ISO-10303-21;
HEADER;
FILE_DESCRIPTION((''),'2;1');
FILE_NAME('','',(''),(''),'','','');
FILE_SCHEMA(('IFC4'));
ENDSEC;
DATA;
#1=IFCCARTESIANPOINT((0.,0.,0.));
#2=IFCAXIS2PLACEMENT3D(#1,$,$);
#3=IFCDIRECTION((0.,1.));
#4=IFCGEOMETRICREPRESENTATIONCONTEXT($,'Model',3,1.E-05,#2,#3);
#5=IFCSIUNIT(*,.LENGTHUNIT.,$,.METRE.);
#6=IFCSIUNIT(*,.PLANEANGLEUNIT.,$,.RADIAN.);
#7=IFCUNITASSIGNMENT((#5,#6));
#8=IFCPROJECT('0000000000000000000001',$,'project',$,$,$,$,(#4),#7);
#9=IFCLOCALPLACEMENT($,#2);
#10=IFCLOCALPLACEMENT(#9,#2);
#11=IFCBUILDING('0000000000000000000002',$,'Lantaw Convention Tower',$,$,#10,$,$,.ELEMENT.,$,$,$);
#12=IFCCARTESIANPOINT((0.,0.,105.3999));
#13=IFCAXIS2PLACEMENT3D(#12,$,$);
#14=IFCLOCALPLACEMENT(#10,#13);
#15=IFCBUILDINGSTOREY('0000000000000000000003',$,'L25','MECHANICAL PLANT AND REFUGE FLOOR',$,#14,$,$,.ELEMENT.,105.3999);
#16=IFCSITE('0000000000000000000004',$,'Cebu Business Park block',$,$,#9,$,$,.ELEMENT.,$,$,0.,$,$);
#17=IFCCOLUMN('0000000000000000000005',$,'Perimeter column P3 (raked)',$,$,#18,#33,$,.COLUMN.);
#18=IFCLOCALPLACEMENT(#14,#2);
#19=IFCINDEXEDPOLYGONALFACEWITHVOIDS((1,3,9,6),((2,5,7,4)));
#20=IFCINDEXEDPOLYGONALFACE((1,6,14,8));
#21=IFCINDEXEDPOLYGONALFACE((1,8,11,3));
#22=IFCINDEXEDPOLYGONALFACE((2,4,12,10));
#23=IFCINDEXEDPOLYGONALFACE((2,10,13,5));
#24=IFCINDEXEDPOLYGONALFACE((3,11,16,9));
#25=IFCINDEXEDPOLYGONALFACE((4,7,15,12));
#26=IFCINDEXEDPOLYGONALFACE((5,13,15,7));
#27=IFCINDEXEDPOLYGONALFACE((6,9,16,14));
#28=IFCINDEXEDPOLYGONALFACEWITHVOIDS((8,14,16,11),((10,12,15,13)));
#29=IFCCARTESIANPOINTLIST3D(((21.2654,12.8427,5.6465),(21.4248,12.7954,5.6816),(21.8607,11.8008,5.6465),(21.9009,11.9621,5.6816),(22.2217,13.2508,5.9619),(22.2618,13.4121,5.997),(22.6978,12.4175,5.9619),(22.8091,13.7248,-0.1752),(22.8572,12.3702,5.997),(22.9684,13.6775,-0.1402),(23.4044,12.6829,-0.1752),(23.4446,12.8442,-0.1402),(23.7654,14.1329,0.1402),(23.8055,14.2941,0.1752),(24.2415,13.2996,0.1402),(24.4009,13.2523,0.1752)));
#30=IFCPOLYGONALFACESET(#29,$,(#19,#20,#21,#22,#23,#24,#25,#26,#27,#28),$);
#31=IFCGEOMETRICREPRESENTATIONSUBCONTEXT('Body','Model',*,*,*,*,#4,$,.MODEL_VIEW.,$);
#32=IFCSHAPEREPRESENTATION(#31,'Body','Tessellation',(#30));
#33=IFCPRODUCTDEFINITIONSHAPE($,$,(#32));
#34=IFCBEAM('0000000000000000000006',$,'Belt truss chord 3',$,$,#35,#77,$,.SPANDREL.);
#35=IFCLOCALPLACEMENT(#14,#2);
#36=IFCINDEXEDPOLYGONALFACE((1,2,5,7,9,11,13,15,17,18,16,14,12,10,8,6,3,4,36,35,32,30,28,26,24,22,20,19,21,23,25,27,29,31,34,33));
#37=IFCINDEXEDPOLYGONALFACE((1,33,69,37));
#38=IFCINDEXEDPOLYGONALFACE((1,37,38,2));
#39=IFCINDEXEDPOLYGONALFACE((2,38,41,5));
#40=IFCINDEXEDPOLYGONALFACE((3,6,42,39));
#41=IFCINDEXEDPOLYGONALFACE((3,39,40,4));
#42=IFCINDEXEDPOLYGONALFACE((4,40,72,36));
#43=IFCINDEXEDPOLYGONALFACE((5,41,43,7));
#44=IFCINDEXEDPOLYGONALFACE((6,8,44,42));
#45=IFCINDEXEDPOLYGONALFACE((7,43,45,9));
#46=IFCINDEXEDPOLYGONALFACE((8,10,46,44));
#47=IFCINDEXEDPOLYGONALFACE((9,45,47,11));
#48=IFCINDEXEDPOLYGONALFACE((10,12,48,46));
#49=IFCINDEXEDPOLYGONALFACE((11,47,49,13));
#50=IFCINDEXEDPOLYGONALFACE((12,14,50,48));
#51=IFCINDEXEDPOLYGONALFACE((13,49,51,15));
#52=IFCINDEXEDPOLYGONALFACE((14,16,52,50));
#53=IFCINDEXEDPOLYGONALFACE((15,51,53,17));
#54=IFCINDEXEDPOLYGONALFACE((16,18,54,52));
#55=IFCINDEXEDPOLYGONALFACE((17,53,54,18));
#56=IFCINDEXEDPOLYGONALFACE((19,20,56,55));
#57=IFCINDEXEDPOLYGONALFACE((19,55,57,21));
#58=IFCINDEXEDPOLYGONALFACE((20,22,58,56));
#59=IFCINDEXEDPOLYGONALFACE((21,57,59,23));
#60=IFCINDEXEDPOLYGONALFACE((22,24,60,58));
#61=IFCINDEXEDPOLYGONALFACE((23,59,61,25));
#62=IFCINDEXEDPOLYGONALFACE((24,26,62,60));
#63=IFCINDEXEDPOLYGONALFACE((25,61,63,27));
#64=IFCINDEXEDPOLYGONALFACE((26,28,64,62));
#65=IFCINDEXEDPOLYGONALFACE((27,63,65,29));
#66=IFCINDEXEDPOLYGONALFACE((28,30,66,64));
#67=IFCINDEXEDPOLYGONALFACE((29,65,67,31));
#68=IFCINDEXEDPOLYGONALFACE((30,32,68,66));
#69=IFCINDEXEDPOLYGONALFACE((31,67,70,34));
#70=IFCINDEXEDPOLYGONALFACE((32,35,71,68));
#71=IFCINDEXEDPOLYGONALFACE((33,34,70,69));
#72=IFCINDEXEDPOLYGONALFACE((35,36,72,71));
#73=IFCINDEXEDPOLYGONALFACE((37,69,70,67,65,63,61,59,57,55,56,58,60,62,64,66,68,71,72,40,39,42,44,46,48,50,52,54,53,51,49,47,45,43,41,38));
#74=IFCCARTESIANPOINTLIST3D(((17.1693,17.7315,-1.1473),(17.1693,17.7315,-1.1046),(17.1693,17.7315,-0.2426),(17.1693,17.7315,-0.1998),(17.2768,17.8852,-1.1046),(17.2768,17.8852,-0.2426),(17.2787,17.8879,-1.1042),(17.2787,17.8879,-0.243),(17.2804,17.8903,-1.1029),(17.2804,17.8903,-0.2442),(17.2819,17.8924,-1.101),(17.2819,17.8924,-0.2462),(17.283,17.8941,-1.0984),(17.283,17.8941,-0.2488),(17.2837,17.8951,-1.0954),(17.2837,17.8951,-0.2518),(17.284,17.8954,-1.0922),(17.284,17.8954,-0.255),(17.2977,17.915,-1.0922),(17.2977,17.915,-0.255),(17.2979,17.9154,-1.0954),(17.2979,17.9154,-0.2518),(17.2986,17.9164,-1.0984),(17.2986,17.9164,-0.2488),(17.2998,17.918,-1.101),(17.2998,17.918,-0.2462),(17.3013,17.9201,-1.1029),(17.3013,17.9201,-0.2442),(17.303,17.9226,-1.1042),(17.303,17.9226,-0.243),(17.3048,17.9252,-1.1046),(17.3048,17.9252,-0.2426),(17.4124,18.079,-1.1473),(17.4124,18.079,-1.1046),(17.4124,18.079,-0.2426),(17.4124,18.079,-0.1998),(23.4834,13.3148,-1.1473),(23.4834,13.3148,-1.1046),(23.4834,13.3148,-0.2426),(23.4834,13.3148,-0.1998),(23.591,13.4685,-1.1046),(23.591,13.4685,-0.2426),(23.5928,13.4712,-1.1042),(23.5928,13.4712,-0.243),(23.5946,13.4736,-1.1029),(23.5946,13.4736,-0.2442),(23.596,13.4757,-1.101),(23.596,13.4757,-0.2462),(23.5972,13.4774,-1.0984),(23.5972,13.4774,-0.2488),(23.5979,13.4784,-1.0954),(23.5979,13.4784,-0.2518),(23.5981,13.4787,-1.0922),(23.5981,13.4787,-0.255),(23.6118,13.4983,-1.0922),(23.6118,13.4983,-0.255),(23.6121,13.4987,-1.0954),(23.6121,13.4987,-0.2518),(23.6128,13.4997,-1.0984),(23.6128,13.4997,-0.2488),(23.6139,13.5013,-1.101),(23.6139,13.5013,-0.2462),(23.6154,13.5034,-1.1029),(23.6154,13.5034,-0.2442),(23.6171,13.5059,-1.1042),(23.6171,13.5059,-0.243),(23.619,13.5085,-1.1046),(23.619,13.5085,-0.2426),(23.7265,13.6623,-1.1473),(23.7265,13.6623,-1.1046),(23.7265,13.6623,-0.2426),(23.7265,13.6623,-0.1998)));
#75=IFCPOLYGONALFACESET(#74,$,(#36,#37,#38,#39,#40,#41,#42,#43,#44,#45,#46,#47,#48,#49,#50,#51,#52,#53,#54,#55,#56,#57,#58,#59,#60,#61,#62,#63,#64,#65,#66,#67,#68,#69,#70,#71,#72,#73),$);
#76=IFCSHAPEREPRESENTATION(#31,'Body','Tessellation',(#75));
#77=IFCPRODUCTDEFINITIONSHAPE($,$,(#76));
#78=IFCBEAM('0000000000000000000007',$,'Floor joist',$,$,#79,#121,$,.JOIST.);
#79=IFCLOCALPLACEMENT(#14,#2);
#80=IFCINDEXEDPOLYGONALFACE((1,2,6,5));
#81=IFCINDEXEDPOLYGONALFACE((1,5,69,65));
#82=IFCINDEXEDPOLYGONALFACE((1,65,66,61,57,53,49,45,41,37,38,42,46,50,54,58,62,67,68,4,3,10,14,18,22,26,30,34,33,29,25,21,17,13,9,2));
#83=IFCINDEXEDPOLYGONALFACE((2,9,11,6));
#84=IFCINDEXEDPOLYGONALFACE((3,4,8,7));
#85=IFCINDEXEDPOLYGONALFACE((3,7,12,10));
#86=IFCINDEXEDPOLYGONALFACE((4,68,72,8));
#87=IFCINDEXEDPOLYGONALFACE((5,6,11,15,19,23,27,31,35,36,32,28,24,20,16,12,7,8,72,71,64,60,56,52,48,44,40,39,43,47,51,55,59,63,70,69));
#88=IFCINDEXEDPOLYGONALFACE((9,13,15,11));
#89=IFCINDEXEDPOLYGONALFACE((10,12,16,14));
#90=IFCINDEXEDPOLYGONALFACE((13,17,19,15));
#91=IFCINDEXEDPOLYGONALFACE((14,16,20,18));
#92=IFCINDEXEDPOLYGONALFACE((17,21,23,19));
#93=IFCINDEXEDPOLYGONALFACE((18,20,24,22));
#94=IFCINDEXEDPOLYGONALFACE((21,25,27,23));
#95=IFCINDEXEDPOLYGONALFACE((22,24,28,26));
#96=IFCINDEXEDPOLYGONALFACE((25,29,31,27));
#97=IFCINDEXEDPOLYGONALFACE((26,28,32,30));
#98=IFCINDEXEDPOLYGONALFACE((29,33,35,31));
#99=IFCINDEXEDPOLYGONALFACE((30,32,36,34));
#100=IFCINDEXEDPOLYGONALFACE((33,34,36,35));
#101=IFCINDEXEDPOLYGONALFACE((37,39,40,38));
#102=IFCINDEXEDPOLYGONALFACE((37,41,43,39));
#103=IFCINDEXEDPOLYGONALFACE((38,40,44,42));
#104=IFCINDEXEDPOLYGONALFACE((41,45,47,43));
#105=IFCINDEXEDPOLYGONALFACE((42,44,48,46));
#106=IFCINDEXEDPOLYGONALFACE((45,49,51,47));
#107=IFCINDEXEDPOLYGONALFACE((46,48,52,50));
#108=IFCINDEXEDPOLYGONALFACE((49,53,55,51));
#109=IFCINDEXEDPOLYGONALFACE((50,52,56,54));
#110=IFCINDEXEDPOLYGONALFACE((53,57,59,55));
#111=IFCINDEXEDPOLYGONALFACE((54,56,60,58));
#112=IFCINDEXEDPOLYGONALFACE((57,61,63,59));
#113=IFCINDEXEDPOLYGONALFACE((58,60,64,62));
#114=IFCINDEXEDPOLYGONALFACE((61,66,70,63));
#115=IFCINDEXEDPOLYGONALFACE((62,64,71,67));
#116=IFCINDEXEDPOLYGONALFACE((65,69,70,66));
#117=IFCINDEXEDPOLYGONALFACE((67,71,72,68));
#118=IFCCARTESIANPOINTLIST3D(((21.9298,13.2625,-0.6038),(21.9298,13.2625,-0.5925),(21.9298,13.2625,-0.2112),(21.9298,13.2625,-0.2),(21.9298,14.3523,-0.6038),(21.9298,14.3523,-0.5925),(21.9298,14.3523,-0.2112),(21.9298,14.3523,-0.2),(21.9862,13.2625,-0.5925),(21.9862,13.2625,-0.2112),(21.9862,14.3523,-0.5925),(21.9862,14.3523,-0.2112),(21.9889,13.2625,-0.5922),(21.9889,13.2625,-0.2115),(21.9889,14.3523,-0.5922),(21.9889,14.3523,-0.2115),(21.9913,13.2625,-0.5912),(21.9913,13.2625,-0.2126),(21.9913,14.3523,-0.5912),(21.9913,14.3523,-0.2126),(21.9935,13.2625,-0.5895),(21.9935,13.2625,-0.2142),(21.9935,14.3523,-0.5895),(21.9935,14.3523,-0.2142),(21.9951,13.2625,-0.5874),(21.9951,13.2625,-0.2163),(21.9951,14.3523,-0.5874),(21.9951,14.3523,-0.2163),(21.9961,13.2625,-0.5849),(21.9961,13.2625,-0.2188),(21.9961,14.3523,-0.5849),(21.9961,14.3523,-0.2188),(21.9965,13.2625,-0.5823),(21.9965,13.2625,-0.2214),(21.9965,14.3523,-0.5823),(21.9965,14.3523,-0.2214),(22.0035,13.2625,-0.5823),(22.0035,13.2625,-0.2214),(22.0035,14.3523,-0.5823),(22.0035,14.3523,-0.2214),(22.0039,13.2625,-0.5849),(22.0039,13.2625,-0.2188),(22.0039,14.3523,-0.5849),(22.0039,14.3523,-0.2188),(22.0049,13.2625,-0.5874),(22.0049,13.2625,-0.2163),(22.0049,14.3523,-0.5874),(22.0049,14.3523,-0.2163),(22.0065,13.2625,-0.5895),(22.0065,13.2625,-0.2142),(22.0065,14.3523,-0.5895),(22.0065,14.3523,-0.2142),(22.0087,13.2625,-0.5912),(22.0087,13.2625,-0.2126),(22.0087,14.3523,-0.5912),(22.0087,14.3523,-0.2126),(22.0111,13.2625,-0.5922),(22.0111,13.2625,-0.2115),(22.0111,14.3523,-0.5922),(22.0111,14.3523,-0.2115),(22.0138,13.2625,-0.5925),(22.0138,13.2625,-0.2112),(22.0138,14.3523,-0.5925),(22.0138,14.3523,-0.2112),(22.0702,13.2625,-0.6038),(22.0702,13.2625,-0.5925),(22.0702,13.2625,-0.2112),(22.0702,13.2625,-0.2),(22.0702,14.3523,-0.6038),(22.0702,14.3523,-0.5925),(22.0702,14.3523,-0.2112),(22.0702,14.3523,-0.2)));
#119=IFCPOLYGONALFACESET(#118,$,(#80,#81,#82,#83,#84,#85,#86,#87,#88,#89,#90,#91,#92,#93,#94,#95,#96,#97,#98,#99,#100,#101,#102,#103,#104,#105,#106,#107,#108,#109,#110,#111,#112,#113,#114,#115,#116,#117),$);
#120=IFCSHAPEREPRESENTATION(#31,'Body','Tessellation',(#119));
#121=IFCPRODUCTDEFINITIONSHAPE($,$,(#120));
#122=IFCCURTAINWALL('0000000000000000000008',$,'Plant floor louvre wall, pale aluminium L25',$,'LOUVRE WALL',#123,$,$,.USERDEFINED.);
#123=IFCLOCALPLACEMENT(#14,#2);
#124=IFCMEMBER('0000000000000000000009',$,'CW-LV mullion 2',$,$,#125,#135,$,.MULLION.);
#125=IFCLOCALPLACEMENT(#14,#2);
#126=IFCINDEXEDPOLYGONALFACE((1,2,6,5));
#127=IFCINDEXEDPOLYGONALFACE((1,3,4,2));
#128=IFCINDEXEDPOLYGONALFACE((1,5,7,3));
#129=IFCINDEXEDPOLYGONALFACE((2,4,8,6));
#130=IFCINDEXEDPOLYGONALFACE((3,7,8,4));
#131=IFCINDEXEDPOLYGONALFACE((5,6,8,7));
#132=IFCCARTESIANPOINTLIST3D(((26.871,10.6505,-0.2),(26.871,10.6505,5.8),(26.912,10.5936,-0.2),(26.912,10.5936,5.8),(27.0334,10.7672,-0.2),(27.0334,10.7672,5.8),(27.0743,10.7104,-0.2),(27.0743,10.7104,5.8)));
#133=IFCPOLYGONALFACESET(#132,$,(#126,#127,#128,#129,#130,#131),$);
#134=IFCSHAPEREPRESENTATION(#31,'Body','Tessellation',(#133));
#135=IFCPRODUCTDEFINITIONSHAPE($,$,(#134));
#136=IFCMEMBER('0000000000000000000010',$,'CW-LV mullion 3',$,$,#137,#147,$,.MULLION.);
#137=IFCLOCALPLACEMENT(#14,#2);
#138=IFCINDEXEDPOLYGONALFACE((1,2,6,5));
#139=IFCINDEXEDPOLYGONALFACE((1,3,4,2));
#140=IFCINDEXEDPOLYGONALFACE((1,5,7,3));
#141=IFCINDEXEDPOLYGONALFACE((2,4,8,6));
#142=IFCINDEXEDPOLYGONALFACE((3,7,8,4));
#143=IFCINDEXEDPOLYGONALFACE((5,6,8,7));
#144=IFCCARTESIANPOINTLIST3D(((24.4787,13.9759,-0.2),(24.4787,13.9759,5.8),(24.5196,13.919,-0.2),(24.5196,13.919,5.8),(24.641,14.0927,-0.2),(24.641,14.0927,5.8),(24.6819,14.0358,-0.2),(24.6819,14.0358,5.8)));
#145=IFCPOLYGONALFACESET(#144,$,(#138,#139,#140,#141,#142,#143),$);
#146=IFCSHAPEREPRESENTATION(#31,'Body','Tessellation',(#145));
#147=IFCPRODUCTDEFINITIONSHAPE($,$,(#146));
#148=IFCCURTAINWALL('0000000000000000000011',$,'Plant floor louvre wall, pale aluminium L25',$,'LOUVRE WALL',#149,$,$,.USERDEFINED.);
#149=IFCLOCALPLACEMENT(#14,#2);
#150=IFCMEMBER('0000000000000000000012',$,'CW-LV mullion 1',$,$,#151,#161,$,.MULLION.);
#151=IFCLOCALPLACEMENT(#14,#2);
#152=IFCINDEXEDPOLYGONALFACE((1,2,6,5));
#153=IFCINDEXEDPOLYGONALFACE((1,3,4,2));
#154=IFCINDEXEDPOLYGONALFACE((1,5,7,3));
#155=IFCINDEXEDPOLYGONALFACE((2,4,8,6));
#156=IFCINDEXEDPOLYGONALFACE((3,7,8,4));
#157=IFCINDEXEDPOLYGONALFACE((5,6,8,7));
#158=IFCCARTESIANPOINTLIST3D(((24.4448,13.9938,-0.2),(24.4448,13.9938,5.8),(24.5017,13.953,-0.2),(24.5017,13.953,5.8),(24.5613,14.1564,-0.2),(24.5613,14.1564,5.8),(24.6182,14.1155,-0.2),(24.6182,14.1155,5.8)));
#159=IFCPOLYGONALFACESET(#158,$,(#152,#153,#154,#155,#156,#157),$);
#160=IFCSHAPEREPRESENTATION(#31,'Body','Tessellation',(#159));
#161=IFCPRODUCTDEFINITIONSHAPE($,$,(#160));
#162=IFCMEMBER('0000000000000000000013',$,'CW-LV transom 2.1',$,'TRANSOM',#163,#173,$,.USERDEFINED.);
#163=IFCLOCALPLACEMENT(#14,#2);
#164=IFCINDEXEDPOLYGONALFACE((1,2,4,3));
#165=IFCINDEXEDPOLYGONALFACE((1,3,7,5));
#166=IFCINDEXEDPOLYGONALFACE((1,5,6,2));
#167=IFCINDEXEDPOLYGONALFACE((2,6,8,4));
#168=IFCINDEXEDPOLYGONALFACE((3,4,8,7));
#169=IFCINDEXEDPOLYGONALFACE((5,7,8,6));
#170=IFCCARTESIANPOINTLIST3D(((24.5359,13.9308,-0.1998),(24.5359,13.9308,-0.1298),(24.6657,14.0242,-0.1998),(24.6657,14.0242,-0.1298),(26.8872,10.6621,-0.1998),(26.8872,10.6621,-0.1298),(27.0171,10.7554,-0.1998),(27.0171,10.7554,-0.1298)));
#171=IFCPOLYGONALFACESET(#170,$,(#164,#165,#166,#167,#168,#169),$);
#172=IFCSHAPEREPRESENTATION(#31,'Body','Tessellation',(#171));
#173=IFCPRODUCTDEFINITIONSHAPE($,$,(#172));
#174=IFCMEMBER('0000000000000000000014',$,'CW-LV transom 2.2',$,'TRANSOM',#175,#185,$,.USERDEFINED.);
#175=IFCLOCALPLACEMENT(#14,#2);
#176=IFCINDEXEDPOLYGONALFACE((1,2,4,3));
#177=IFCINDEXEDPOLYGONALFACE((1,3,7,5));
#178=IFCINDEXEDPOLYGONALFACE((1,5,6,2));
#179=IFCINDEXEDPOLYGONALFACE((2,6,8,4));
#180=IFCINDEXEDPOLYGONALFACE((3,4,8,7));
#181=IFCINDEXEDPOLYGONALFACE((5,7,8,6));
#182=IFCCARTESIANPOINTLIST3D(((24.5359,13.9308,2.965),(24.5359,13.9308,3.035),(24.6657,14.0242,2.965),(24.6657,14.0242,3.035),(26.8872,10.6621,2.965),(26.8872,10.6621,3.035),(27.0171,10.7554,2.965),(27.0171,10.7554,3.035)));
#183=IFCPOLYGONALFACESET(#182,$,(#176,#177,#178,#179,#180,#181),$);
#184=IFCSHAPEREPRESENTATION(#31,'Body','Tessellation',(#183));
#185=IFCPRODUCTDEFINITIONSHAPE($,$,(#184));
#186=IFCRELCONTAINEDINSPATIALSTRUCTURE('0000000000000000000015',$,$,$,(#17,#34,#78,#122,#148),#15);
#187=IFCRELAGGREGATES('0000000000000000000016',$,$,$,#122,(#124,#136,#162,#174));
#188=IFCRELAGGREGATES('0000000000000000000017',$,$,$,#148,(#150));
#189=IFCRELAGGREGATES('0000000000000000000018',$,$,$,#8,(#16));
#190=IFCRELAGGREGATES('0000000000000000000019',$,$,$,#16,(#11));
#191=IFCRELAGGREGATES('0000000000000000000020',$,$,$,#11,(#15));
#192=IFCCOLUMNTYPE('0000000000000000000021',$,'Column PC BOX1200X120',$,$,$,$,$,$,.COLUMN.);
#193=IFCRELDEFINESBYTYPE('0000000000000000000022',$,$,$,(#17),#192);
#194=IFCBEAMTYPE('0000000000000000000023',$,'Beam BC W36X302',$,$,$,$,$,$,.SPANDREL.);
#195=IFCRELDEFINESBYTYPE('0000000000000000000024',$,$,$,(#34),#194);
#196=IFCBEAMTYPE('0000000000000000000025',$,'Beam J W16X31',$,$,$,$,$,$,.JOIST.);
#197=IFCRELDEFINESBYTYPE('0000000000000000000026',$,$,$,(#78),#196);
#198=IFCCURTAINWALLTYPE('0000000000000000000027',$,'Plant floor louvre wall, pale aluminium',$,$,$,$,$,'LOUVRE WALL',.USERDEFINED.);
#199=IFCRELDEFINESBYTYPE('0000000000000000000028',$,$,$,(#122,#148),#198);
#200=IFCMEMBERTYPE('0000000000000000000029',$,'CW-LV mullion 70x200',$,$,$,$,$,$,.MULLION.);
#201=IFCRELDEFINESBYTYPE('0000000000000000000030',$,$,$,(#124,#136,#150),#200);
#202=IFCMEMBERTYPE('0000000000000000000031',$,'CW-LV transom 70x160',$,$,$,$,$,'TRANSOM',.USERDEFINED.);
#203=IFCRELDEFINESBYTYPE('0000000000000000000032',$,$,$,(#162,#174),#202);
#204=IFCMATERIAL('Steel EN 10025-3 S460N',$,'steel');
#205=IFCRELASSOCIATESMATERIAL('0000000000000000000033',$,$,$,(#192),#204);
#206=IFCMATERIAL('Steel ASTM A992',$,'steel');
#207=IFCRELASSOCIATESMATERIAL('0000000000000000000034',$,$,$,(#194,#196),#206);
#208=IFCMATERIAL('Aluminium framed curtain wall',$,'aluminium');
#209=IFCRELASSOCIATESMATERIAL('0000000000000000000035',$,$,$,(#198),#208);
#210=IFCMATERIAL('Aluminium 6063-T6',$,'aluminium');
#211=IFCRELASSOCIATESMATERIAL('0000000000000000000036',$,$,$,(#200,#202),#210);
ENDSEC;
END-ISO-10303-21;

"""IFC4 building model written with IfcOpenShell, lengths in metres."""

from ifc_helpers import new_model, si_unit, direction, frame, origin, origin_2d, place, context, subcontext, project, spatial, rectangle, hollow_rectangle, i_section, extrude, material, material_profile, profile_set, type_object, element, aggregate, save


model = new_model("IFC4")

# Units and contexts
model_context = context("Model", 3, precision=1e-05, world=origin(), true_north=direction((0.0, 1.0)))
body_context = subcontext(model_context, "Body", "Model", "MODEL_VIEW")
ifc_project = project(units=[si_unit("LENGTHUNIT", "METRE"), si_unit("PLANEANGLEUNIT", "RADIAN")], contexts=[model_context])

# Site, building, storey
site_placement = place(None, origin())
site = spatial("IfcSite", under=ifc_project, at=site_placement, Name="Cebu Business Park block", CompositionType="ELEMENT", RefElevation=0.0)
building_placement = place(site_placement, origin())
building = spatial("IfcBuilding", under=site, at=building_placement, Name="Lantaw Convention Tower", CompositionType="ELEMENT")
storey_placement = place(building_placement, frame((0.0, 0.0, 105.3999)))
storey = spatial("IfcBuildingStorey", under=building, at=storey_placement, Name="L25", Description="MECHANICAL PLANT AND REFUGE FLOOR", CompositionType="ELEMENT", Elevation=105.3999)

# Column
ifc_material_1 = material(Name="Steel EN 10025-3 S460N", Category="steel")
ifc_material_profile_1 = material_profile(ifc_material_1, hollow_rectangle(XDim=1.2, YDim=1.2, WallThickness=0.1201, at=origin_2d()), Name="BOX1200X120")
ifc_material_2 = material(Name="Concrete C60/75", Category="concrete")
ifc_material_profile_2 = material_profile(ifc_material_2, rectangle(XDim=0.96, YDim=0.96, at=origin_2d()), Name="Concrete fill of BOX1200X120")
ifc_profile_set_1 = profile_set([ifc_material_profile_1, ifc_material_profile_2], Name="Steel EN 10025-3 S460N")
column_type = type_object("IfcColumnType", Name="Column PC BOX1200X120", PredefinedType="COLUMN", material=ifc_profile_set_1)
column_placement = place(storey_placement, frame((23.605, 13.4885, 0.0), z_axis=(-0.253597, -0.144907, 0.956394), x_axis=(0.496124, -0.868252, 0.0)))
element("IfcColumn", 1, at=column_placement, inside=storey, type_object=column_type, Name="Perimeter column P3 (raked)", PredefinedType="COLUMN", context=body_context, shape_type="SweptSolid", body=[
    extrude(hollow_rectangle(XDim=1.2, YDim=1.2, WallThickness=0.1201, at=origin_2d()), origin(), (0.0, 0.0, 1.0), 6.0872),
])

# Beams
ifc_material_3 = material(Name="Steel ASTM A992", Category="steel")
ifc_material_profile_3 = material_profile(ifc_material_3, i_section(OverallWidth=0.4241, OverallDepth=0.9475, WebThickness=0.0239, FlangeThickness=0.0427, FilletRadius=0.0125, at=origin_2d()), Name="W36X302")
ifc_profile_set_2 = profile_set([ifc_material_profile_3], Name="Steel ASTM A992")
beam_type_1 = type_object("IfcBeamType", Name="Beam BC W36X302", PredefinedType="SPANDREL", material=ifc_profile_set_2)
beam_1_placement = place(storey_placement, frame((23.605, 13.4885, -0.6736), z_axis=(-0.819427, 0.573184, 0.0), x_axis=(-0.573184, -0.819427, 0.0)))
element("IfcBeam", 2, at=beam_1_placement, inside=storey, type_object=beam_type_1, Name="Belt truss chord 3", PredefinedType="SPANDREL", context=body_context, shape_type="SweptSolid", body=[
    extrude(i_section(OverallWidth=0.4241, OverallDepth=0.9475, WebThickness=0.0239, FlangeThickness=0.0427, FilletRadius=0.0125, at=origin_2d()), origin(), (0.0, 0.0, 1.0), 7.7056),
])
ifc_material_profile_4 = material_profile(ifc_material_3, i_section(OverallWidth=0.1404, OverallDepth=0.4038, WebThickness=0.0071, FlangeThickness=0.0112, FilletRadius=0.0103, at=origin_2d()), Name="W16X31")
ifc_profile_set_3 = profile_set([ifc_material_profile_4], Name="Steel ASTM A992")
beam_type_2 = type_object("IfcBeamType", Name="Beam J W16X31", PredefinedType="JOIST", material=ifc_profile_set_3)
beam_2_placement = place(storey_placement, frame((22.0, 13.2625, -0.4019), z_axis=(0.0, 1.0, 0.0), x_axis=(-1.0, 0.0, 0.0)))
element("IfcBeam", 3, at=beam_2_placement, inside=storey, type_object=beam_type_2, Name="Floor joist", PredefinedType="JOIST", context=body_context, shape_type="SweptSolid", body=[
    extrude(i_section(OverallWidth=0.1404, OverallDepth=0.4038, WebThickness=0.0071, FlangeThickness=0.0112, FilletRadius=0.0103, at=origin_2d()), origin(), (0.0, 0.0, 1.0), 1.0898),
])

# Curtain wall, members
ifc_material_4 = material(Name="Aluminium framed curtain wall", Category="aluminium")
curtain_wall_type = type_object("IfcCurtainWallType", Name="Plant floor louvre wall, pale aluminium", ElementType="LOUVRE WALL", PredefinedType="USERDEFINED", material=ifc_material_4)
curtain_wall_1_placement = place(storey_placement, origin())
curtain_wall_1 = element("IfcCurtainWall", 4, at=curtain_wall_1_placement, inside=storey, type_object=curtain_wall_type, Name="Plant floor louvre wall, pale aluminium L25", ObjectType="LOUVRE WALL", PredefinedType="USERDEFINED")
ifc_material_5 = material(Name="Aluminium 6063-T6", Category="aluminium")
ifc_material_profile_5 = material_profile(ifc_material_5, rectangle(XDim=0.2, YDim=0.0701, at=origin_2d()), Name="CW-LV mullion 70x200")
ifc_profile_set_4 = profile_set([ifc_material_profile_5], Name="Aluminium 6063-T6")
member_type_1 = type_object("IfcMemberType", Name="CW-LV mullion 70x200", PredefinedType="MULLION", material=ifc_profile_set_4)
member_1_placement = place(storey_placement, frame((26.9727, 10.6804, -0.2), z_axis=(0.0, 0.0, 1.0), x_axis=(-0.811789, -0.583951, 0.0)))
member_1 = element("IfcMember", 5, at=member_1_placement, type_object=member_type_1, Name="CW-LV mullion 2", PredefinedType="MULLION", context=body_context, shape_type="SweptSolid", body=[
    extrude(rectangle(XDim=0.2, YDim=0.0701, at=origin_2d()), origin(), (0.0, 0.0, 1.0), 6.0),
])
member_2_placement = place(storey_placement, frame((24.5803, 14.0059, -0.2), z_axis=(0.0, 0.0, 1.0), x_axis=(-0.811789, -0.583951, 0.0)))
member_2 = element("IfcMember", 6, at=member_2_placement, type_object=member_type_1, Name="CW-LV mullion 3", PredefinedType="MULLION", context=body_context, shape_type="SweptSolid", body=[
    extrude(rectangle(XDim=0.2, YDim=0.0701, at=origin_2d()), origin(), (0.0, 0.0, 1.0), 6.0),
])

# Curtain wall, member
curtain_wall_2_placement = place(storey_placement, origin())
curtain_wall_2 = element("IfcCurtainWall", 7, at=curtain_wall_2_placement, inside=storey, type_object=curtain_wall_type, Name="Plant floor louvre wall, pale aluminium L25", ObjectType="LOUVRE WALL", PredefinedType="USERDEFINED")
member_3_placement = place(storey_placement, frame((24.5315, 14.0547, -0.2), z_axis=(0.0, 0.0, 1.0), x_axis=(-0.582538, -0.812804, 0.0)))
member_3 = element("IfcMember", 8, at=member_3_placement, type_object=member_type_1, Name="CW-LV mullion 1", PredefinedType="MULLION", context=body_context, shape_type="SweptSolid", body=[
    extrude(rectangle(XDim=0.2, YDim=0.0701, at=origin_2d()), origin(), (0.0, 0.0, 1.0), 6.0),
])

# Members
ifc_material_profile_6 = material_profile(ifc_material_5, rectangle(XDim=0.1599, YDim=0.0701, at=origin_2d()), Name="CW-LV transom 70x160")
ifc_profile_set_5 = profile_set([ifc_material_profile_6], Name="Aluminium 6063-T6")
member_type_2 = type_object("IfcMemberType", Name="CW-LV transom 70x160", ElementType="TRANSOM", PredefinedType="USERDEFINED", material=ifc_profile_set_5)
member_4_placement = place(storey_placement, frame((26.9521, 10.7087, -0.1648), z_axis=(-0.583942, 0.811795, 0.0), x_axis=(-0.811795, -0.583942, 0.0)))
member_4 = element("IfcMember", 9, at=member_4_placement, type_object=member_type_2, Name="CW-LV transom 2.1", ObjectType="TRANSOM", PredefinedType="USERDEFINED", context=body_context, shape_type="SweptSolid", body=[
    extrude(rectangle(XDim=0.1599, YDim=0.0701, at=origin_2d()), origin(), (0.0, 0.0, 1.0), 4.0266),
])
member_5_placement = place(storey_placement, frame((26.9521, 10.7087, 3.0), z_axis=(-0.583942, 0.811795, 0.0), x_axis=(-0.811795, -0.583942, 0.0)))
member_5 = element("IfcMember", 10, at=member_5_placement, type_object=member_type_2, Name="CW-LV transom 2.2", ObjectType="TRANSOM", PredefinedType="USERDEFINED", context=body_context, shape_type="SweptSolid", body=[
    extrude(rectangle(XDim=0.1599, YDim=0.0701, at=origin_2d()), origin(), (0.0, 0.0, 1.0), 4.0266),
])

aggregate(curtain_wall_1, [member_1, member_2, member_4, member_5])
aggregate(curtain_wall_2, [member_3])

save(model, "model.ifc")
